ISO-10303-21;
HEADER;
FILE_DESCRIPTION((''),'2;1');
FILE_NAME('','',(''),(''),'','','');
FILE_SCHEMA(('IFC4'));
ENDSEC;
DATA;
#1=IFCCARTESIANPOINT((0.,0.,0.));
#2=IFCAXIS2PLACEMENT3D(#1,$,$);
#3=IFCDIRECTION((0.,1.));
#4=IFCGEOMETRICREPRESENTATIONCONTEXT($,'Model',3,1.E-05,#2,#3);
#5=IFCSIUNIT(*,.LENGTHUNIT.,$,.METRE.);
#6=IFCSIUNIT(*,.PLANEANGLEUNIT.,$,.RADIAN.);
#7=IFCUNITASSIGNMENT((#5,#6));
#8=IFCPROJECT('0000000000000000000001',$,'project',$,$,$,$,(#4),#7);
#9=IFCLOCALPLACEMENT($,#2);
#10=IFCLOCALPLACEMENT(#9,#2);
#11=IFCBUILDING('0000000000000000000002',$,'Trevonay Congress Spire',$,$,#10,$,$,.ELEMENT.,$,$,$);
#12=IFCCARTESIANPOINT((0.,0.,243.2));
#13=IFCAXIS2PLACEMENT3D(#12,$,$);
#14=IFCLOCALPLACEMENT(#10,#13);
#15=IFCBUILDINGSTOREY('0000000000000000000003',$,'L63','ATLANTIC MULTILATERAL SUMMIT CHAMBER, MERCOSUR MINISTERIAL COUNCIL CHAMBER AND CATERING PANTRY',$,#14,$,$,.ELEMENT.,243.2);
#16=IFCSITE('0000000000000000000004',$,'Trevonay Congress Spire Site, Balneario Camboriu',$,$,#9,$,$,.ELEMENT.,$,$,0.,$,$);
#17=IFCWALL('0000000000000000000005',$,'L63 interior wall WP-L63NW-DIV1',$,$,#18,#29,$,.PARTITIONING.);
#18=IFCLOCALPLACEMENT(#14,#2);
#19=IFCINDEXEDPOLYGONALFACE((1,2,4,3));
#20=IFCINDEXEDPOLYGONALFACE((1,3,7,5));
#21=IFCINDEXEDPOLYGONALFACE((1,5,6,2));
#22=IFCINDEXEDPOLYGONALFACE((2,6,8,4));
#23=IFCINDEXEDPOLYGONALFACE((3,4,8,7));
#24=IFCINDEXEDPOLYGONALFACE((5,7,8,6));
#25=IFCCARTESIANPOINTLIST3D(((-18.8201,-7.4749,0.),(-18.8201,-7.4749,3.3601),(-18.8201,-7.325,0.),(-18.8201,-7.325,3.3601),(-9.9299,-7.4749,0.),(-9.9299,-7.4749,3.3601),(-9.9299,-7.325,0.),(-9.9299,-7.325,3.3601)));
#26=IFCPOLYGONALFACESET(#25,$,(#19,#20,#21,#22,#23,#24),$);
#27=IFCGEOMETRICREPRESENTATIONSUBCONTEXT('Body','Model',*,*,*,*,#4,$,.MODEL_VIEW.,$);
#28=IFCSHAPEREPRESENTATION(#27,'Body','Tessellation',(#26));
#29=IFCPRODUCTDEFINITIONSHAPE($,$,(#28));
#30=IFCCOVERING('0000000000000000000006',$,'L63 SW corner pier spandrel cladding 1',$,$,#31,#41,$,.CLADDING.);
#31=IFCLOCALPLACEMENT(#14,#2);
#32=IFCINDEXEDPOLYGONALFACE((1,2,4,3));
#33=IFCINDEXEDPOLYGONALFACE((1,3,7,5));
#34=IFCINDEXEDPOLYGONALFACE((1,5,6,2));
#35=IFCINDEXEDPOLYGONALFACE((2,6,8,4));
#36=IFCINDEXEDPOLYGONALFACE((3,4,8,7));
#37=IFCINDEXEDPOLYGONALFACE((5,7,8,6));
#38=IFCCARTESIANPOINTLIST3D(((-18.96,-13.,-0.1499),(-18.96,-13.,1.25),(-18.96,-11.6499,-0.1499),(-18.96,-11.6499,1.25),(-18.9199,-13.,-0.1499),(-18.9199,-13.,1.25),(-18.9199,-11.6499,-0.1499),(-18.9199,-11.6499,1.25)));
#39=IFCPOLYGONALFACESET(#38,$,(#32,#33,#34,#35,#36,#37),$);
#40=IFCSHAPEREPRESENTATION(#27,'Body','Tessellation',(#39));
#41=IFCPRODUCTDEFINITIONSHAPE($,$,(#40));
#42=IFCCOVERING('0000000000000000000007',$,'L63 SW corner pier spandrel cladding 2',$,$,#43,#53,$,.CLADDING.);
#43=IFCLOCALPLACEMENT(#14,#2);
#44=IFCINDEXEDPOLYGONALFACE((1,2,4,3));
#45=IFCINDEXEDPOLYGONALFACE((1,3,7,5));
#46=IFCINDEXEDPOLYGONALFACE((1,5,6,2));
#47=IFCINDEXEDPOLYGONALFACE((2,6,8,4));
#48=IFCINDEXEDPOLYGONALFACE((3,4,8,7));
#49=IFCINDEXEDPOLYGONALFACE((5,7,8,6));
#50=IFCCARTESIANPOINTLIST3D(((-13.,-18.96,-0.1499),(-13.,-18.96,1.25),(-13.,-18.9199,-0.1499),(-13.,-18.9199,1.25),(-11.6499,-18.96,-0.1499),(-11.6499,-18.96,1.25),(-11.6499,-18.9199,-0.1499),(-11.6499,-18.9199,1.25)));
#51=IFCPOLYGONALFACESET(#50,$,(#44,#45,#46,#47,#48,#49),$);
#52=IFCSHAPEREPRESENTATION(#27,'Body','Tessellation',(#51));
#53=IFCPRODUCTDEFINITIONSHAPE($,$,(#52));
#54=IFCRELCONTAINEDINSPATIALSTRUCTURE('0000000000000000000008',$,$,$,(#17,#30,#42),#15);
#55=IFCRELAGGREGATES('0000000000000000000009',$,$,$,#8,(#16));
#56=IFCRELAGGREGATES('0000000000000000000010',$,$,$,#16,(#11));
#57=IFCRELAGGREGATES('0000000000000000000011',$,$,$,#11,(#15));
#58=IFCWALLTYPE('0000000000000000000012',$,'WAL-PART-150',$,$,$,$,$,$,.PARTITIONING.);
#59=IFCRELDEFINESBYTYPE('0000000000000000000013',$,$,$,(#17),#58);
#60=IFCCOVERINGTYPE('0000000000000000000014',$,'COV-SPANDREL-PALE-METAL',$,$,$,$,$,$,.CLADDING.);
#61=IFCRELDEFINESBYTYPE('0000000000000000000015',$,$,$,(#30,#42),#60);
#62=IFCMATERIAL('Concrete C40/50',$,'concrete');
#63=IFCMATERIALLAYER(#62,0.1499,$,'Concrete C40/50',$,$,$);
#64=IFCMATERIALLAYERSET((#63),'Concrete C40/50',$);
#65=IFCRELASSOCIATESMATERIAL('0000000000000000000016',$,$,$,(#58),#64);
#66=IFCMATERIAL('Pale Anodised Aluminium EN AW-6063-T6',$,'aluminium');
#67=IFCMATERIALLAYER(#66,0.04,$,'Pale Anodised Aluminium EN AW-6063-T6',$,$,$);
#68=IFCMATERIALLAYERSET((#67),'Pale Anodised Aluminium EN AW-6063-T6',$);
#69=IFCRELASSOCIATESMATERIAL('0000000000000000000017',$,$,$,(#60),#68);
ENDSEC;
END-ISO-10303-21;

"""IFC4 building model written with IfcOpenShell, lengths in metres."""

from ifc_helpers import new_model, si_unit, direction, frame, frame_2d, origin, place, context, subcontext, project, spatial, rectangle, extrude, material, layer, layer_set, type_object, element, save


model = new_model("IFC4")

# Units and contexts
model_context = context("Model", 3, precision=1e-05, world=origin(), true_north=direction((0.0, 1.0)))
body_context = subcontext(model_context, "Body", "Model", "MODEL_VIEW")
ifc_project = project(units=[si_unit("LENGTHUNIT", "METRE"), si_unit("PLANEANGLEUNIT", "RADIAN")], contexts=[model_context])

# Site, building, storey
site_placement = place(None, origin())
site = spatial("IfcSite", under=ifc_project, at=site_placement, Name="Trevonay Congress Spire Site, Balneario Camboriu", CompositionType="ELEMENT", RefElevation=0.0)
building_placement = place(site_placement, origin())
building = spatial("IfcBuilding", under=site, at=building_placement, Name="Trevonay Congress Spire", CompositionType="ELEMENT")
storey_placement = place(building_placement, frame((0.0, 0.0, 243.2)))
storey = spatial("IfcBuildingStorey", under=building, at=storey_placement, Name="L63", Description="ATLANTIC MULTILATERAL SUMMIT CHAMBER, MERCOSUR MINISTERIAL COUNCIL CHAMBER AND CATERING PANTRY", CompositionType="ELEMENT", Elevation=243.2)

# Shared definitions
ifc_material_1 = material(Name="Pale Anodised Aluminium EN AW-6063-T6", Category="aluminium")

# Shared definitions
ifc_material_2 = material(Name="Concrete C40/50", Category="concrete")

# Wall
ifc_layer_1 = layer(ifc_material_2, 0.1499, Name="Concrete C40/50")
ifc_layer_set_1 = layer_set([ifc_layer_1], Name="Concrete C40/50")
wall_type_1 = type_object("IfcWallType", Name="WAL-PART-150", PredefinedType="PARTITIONING", material=ifc_layer_set_1)
for number, where, z_axis, x_axis, name in (
    (1, (-18.8201, -7.3999, 0.0), (0.0, 0.0, 1.0), (1.0, 0.0, 0.0), "L63 interior wall WP-L63NW-DIV1"),
):
    element("IfcWall", number, at=place(storey_placement, frame(where, z_axis=z_axis, x_axis=x_axis)), inside=storey, type_object=wall_type_1, Name=name, PredefinedType="PARTITIONING", context=body_context, shape_type="SweptSolid", body=[
        extrude(rectangle(XDim=8.8901, YDim=0.1499, at=frame_2d((4.4451, 0.0))), origin(), (0.0, 0.0, 1.0), 3.3601),
    ])

# Coverings
ifc_layer_2 = layer(ifc_material_1, 0.04, Name="Pale Anodised Aluminium EN AW-6063-T6")
ifc_layer_set_2 = layer_set([ifc_layer_2], Name="Pale Anodised Aluminium EN AW-6063-T6")
covering_type = type_object("IfcCoveringType", Name="COV-SPANDREL-PALE-METAL", PredefinedType="CLADDING", material=ifc_layer_set_2)
for number, where, z_axis, x_axis, name in (
    (2, (-18.9399, -11.6499, -0.1499), (0.0, 0.0, 1.0), (0.0, -1.0, 0.0), "L63 SW corner pier spandrel cladding 1"),
    (3, (-11.6499, -18.9399, -0.1499), (0.0, 0.0, 1.0), (-1.0, 0.0, 0.0), "L63 SW corner pier spandrel cladding 2"),
):
    element("IfcCovering", number, at=place(storey_placement, frame(where, z_axis=z_axis, x_axis=x_axis)), inside=storey, type_object=covering_type, Name=name, PredefinedType="CLADDING", context=body_context, shape_type="SweptSolid", body=[
        extrude(rectangle(XDim=1.3501, YDim=0.04, at=frame_2d((0.675, 0.0))), origin(), (0.0, 0.0, 1.0), 1.3999),
    ])

save(model, "model.ifc")
